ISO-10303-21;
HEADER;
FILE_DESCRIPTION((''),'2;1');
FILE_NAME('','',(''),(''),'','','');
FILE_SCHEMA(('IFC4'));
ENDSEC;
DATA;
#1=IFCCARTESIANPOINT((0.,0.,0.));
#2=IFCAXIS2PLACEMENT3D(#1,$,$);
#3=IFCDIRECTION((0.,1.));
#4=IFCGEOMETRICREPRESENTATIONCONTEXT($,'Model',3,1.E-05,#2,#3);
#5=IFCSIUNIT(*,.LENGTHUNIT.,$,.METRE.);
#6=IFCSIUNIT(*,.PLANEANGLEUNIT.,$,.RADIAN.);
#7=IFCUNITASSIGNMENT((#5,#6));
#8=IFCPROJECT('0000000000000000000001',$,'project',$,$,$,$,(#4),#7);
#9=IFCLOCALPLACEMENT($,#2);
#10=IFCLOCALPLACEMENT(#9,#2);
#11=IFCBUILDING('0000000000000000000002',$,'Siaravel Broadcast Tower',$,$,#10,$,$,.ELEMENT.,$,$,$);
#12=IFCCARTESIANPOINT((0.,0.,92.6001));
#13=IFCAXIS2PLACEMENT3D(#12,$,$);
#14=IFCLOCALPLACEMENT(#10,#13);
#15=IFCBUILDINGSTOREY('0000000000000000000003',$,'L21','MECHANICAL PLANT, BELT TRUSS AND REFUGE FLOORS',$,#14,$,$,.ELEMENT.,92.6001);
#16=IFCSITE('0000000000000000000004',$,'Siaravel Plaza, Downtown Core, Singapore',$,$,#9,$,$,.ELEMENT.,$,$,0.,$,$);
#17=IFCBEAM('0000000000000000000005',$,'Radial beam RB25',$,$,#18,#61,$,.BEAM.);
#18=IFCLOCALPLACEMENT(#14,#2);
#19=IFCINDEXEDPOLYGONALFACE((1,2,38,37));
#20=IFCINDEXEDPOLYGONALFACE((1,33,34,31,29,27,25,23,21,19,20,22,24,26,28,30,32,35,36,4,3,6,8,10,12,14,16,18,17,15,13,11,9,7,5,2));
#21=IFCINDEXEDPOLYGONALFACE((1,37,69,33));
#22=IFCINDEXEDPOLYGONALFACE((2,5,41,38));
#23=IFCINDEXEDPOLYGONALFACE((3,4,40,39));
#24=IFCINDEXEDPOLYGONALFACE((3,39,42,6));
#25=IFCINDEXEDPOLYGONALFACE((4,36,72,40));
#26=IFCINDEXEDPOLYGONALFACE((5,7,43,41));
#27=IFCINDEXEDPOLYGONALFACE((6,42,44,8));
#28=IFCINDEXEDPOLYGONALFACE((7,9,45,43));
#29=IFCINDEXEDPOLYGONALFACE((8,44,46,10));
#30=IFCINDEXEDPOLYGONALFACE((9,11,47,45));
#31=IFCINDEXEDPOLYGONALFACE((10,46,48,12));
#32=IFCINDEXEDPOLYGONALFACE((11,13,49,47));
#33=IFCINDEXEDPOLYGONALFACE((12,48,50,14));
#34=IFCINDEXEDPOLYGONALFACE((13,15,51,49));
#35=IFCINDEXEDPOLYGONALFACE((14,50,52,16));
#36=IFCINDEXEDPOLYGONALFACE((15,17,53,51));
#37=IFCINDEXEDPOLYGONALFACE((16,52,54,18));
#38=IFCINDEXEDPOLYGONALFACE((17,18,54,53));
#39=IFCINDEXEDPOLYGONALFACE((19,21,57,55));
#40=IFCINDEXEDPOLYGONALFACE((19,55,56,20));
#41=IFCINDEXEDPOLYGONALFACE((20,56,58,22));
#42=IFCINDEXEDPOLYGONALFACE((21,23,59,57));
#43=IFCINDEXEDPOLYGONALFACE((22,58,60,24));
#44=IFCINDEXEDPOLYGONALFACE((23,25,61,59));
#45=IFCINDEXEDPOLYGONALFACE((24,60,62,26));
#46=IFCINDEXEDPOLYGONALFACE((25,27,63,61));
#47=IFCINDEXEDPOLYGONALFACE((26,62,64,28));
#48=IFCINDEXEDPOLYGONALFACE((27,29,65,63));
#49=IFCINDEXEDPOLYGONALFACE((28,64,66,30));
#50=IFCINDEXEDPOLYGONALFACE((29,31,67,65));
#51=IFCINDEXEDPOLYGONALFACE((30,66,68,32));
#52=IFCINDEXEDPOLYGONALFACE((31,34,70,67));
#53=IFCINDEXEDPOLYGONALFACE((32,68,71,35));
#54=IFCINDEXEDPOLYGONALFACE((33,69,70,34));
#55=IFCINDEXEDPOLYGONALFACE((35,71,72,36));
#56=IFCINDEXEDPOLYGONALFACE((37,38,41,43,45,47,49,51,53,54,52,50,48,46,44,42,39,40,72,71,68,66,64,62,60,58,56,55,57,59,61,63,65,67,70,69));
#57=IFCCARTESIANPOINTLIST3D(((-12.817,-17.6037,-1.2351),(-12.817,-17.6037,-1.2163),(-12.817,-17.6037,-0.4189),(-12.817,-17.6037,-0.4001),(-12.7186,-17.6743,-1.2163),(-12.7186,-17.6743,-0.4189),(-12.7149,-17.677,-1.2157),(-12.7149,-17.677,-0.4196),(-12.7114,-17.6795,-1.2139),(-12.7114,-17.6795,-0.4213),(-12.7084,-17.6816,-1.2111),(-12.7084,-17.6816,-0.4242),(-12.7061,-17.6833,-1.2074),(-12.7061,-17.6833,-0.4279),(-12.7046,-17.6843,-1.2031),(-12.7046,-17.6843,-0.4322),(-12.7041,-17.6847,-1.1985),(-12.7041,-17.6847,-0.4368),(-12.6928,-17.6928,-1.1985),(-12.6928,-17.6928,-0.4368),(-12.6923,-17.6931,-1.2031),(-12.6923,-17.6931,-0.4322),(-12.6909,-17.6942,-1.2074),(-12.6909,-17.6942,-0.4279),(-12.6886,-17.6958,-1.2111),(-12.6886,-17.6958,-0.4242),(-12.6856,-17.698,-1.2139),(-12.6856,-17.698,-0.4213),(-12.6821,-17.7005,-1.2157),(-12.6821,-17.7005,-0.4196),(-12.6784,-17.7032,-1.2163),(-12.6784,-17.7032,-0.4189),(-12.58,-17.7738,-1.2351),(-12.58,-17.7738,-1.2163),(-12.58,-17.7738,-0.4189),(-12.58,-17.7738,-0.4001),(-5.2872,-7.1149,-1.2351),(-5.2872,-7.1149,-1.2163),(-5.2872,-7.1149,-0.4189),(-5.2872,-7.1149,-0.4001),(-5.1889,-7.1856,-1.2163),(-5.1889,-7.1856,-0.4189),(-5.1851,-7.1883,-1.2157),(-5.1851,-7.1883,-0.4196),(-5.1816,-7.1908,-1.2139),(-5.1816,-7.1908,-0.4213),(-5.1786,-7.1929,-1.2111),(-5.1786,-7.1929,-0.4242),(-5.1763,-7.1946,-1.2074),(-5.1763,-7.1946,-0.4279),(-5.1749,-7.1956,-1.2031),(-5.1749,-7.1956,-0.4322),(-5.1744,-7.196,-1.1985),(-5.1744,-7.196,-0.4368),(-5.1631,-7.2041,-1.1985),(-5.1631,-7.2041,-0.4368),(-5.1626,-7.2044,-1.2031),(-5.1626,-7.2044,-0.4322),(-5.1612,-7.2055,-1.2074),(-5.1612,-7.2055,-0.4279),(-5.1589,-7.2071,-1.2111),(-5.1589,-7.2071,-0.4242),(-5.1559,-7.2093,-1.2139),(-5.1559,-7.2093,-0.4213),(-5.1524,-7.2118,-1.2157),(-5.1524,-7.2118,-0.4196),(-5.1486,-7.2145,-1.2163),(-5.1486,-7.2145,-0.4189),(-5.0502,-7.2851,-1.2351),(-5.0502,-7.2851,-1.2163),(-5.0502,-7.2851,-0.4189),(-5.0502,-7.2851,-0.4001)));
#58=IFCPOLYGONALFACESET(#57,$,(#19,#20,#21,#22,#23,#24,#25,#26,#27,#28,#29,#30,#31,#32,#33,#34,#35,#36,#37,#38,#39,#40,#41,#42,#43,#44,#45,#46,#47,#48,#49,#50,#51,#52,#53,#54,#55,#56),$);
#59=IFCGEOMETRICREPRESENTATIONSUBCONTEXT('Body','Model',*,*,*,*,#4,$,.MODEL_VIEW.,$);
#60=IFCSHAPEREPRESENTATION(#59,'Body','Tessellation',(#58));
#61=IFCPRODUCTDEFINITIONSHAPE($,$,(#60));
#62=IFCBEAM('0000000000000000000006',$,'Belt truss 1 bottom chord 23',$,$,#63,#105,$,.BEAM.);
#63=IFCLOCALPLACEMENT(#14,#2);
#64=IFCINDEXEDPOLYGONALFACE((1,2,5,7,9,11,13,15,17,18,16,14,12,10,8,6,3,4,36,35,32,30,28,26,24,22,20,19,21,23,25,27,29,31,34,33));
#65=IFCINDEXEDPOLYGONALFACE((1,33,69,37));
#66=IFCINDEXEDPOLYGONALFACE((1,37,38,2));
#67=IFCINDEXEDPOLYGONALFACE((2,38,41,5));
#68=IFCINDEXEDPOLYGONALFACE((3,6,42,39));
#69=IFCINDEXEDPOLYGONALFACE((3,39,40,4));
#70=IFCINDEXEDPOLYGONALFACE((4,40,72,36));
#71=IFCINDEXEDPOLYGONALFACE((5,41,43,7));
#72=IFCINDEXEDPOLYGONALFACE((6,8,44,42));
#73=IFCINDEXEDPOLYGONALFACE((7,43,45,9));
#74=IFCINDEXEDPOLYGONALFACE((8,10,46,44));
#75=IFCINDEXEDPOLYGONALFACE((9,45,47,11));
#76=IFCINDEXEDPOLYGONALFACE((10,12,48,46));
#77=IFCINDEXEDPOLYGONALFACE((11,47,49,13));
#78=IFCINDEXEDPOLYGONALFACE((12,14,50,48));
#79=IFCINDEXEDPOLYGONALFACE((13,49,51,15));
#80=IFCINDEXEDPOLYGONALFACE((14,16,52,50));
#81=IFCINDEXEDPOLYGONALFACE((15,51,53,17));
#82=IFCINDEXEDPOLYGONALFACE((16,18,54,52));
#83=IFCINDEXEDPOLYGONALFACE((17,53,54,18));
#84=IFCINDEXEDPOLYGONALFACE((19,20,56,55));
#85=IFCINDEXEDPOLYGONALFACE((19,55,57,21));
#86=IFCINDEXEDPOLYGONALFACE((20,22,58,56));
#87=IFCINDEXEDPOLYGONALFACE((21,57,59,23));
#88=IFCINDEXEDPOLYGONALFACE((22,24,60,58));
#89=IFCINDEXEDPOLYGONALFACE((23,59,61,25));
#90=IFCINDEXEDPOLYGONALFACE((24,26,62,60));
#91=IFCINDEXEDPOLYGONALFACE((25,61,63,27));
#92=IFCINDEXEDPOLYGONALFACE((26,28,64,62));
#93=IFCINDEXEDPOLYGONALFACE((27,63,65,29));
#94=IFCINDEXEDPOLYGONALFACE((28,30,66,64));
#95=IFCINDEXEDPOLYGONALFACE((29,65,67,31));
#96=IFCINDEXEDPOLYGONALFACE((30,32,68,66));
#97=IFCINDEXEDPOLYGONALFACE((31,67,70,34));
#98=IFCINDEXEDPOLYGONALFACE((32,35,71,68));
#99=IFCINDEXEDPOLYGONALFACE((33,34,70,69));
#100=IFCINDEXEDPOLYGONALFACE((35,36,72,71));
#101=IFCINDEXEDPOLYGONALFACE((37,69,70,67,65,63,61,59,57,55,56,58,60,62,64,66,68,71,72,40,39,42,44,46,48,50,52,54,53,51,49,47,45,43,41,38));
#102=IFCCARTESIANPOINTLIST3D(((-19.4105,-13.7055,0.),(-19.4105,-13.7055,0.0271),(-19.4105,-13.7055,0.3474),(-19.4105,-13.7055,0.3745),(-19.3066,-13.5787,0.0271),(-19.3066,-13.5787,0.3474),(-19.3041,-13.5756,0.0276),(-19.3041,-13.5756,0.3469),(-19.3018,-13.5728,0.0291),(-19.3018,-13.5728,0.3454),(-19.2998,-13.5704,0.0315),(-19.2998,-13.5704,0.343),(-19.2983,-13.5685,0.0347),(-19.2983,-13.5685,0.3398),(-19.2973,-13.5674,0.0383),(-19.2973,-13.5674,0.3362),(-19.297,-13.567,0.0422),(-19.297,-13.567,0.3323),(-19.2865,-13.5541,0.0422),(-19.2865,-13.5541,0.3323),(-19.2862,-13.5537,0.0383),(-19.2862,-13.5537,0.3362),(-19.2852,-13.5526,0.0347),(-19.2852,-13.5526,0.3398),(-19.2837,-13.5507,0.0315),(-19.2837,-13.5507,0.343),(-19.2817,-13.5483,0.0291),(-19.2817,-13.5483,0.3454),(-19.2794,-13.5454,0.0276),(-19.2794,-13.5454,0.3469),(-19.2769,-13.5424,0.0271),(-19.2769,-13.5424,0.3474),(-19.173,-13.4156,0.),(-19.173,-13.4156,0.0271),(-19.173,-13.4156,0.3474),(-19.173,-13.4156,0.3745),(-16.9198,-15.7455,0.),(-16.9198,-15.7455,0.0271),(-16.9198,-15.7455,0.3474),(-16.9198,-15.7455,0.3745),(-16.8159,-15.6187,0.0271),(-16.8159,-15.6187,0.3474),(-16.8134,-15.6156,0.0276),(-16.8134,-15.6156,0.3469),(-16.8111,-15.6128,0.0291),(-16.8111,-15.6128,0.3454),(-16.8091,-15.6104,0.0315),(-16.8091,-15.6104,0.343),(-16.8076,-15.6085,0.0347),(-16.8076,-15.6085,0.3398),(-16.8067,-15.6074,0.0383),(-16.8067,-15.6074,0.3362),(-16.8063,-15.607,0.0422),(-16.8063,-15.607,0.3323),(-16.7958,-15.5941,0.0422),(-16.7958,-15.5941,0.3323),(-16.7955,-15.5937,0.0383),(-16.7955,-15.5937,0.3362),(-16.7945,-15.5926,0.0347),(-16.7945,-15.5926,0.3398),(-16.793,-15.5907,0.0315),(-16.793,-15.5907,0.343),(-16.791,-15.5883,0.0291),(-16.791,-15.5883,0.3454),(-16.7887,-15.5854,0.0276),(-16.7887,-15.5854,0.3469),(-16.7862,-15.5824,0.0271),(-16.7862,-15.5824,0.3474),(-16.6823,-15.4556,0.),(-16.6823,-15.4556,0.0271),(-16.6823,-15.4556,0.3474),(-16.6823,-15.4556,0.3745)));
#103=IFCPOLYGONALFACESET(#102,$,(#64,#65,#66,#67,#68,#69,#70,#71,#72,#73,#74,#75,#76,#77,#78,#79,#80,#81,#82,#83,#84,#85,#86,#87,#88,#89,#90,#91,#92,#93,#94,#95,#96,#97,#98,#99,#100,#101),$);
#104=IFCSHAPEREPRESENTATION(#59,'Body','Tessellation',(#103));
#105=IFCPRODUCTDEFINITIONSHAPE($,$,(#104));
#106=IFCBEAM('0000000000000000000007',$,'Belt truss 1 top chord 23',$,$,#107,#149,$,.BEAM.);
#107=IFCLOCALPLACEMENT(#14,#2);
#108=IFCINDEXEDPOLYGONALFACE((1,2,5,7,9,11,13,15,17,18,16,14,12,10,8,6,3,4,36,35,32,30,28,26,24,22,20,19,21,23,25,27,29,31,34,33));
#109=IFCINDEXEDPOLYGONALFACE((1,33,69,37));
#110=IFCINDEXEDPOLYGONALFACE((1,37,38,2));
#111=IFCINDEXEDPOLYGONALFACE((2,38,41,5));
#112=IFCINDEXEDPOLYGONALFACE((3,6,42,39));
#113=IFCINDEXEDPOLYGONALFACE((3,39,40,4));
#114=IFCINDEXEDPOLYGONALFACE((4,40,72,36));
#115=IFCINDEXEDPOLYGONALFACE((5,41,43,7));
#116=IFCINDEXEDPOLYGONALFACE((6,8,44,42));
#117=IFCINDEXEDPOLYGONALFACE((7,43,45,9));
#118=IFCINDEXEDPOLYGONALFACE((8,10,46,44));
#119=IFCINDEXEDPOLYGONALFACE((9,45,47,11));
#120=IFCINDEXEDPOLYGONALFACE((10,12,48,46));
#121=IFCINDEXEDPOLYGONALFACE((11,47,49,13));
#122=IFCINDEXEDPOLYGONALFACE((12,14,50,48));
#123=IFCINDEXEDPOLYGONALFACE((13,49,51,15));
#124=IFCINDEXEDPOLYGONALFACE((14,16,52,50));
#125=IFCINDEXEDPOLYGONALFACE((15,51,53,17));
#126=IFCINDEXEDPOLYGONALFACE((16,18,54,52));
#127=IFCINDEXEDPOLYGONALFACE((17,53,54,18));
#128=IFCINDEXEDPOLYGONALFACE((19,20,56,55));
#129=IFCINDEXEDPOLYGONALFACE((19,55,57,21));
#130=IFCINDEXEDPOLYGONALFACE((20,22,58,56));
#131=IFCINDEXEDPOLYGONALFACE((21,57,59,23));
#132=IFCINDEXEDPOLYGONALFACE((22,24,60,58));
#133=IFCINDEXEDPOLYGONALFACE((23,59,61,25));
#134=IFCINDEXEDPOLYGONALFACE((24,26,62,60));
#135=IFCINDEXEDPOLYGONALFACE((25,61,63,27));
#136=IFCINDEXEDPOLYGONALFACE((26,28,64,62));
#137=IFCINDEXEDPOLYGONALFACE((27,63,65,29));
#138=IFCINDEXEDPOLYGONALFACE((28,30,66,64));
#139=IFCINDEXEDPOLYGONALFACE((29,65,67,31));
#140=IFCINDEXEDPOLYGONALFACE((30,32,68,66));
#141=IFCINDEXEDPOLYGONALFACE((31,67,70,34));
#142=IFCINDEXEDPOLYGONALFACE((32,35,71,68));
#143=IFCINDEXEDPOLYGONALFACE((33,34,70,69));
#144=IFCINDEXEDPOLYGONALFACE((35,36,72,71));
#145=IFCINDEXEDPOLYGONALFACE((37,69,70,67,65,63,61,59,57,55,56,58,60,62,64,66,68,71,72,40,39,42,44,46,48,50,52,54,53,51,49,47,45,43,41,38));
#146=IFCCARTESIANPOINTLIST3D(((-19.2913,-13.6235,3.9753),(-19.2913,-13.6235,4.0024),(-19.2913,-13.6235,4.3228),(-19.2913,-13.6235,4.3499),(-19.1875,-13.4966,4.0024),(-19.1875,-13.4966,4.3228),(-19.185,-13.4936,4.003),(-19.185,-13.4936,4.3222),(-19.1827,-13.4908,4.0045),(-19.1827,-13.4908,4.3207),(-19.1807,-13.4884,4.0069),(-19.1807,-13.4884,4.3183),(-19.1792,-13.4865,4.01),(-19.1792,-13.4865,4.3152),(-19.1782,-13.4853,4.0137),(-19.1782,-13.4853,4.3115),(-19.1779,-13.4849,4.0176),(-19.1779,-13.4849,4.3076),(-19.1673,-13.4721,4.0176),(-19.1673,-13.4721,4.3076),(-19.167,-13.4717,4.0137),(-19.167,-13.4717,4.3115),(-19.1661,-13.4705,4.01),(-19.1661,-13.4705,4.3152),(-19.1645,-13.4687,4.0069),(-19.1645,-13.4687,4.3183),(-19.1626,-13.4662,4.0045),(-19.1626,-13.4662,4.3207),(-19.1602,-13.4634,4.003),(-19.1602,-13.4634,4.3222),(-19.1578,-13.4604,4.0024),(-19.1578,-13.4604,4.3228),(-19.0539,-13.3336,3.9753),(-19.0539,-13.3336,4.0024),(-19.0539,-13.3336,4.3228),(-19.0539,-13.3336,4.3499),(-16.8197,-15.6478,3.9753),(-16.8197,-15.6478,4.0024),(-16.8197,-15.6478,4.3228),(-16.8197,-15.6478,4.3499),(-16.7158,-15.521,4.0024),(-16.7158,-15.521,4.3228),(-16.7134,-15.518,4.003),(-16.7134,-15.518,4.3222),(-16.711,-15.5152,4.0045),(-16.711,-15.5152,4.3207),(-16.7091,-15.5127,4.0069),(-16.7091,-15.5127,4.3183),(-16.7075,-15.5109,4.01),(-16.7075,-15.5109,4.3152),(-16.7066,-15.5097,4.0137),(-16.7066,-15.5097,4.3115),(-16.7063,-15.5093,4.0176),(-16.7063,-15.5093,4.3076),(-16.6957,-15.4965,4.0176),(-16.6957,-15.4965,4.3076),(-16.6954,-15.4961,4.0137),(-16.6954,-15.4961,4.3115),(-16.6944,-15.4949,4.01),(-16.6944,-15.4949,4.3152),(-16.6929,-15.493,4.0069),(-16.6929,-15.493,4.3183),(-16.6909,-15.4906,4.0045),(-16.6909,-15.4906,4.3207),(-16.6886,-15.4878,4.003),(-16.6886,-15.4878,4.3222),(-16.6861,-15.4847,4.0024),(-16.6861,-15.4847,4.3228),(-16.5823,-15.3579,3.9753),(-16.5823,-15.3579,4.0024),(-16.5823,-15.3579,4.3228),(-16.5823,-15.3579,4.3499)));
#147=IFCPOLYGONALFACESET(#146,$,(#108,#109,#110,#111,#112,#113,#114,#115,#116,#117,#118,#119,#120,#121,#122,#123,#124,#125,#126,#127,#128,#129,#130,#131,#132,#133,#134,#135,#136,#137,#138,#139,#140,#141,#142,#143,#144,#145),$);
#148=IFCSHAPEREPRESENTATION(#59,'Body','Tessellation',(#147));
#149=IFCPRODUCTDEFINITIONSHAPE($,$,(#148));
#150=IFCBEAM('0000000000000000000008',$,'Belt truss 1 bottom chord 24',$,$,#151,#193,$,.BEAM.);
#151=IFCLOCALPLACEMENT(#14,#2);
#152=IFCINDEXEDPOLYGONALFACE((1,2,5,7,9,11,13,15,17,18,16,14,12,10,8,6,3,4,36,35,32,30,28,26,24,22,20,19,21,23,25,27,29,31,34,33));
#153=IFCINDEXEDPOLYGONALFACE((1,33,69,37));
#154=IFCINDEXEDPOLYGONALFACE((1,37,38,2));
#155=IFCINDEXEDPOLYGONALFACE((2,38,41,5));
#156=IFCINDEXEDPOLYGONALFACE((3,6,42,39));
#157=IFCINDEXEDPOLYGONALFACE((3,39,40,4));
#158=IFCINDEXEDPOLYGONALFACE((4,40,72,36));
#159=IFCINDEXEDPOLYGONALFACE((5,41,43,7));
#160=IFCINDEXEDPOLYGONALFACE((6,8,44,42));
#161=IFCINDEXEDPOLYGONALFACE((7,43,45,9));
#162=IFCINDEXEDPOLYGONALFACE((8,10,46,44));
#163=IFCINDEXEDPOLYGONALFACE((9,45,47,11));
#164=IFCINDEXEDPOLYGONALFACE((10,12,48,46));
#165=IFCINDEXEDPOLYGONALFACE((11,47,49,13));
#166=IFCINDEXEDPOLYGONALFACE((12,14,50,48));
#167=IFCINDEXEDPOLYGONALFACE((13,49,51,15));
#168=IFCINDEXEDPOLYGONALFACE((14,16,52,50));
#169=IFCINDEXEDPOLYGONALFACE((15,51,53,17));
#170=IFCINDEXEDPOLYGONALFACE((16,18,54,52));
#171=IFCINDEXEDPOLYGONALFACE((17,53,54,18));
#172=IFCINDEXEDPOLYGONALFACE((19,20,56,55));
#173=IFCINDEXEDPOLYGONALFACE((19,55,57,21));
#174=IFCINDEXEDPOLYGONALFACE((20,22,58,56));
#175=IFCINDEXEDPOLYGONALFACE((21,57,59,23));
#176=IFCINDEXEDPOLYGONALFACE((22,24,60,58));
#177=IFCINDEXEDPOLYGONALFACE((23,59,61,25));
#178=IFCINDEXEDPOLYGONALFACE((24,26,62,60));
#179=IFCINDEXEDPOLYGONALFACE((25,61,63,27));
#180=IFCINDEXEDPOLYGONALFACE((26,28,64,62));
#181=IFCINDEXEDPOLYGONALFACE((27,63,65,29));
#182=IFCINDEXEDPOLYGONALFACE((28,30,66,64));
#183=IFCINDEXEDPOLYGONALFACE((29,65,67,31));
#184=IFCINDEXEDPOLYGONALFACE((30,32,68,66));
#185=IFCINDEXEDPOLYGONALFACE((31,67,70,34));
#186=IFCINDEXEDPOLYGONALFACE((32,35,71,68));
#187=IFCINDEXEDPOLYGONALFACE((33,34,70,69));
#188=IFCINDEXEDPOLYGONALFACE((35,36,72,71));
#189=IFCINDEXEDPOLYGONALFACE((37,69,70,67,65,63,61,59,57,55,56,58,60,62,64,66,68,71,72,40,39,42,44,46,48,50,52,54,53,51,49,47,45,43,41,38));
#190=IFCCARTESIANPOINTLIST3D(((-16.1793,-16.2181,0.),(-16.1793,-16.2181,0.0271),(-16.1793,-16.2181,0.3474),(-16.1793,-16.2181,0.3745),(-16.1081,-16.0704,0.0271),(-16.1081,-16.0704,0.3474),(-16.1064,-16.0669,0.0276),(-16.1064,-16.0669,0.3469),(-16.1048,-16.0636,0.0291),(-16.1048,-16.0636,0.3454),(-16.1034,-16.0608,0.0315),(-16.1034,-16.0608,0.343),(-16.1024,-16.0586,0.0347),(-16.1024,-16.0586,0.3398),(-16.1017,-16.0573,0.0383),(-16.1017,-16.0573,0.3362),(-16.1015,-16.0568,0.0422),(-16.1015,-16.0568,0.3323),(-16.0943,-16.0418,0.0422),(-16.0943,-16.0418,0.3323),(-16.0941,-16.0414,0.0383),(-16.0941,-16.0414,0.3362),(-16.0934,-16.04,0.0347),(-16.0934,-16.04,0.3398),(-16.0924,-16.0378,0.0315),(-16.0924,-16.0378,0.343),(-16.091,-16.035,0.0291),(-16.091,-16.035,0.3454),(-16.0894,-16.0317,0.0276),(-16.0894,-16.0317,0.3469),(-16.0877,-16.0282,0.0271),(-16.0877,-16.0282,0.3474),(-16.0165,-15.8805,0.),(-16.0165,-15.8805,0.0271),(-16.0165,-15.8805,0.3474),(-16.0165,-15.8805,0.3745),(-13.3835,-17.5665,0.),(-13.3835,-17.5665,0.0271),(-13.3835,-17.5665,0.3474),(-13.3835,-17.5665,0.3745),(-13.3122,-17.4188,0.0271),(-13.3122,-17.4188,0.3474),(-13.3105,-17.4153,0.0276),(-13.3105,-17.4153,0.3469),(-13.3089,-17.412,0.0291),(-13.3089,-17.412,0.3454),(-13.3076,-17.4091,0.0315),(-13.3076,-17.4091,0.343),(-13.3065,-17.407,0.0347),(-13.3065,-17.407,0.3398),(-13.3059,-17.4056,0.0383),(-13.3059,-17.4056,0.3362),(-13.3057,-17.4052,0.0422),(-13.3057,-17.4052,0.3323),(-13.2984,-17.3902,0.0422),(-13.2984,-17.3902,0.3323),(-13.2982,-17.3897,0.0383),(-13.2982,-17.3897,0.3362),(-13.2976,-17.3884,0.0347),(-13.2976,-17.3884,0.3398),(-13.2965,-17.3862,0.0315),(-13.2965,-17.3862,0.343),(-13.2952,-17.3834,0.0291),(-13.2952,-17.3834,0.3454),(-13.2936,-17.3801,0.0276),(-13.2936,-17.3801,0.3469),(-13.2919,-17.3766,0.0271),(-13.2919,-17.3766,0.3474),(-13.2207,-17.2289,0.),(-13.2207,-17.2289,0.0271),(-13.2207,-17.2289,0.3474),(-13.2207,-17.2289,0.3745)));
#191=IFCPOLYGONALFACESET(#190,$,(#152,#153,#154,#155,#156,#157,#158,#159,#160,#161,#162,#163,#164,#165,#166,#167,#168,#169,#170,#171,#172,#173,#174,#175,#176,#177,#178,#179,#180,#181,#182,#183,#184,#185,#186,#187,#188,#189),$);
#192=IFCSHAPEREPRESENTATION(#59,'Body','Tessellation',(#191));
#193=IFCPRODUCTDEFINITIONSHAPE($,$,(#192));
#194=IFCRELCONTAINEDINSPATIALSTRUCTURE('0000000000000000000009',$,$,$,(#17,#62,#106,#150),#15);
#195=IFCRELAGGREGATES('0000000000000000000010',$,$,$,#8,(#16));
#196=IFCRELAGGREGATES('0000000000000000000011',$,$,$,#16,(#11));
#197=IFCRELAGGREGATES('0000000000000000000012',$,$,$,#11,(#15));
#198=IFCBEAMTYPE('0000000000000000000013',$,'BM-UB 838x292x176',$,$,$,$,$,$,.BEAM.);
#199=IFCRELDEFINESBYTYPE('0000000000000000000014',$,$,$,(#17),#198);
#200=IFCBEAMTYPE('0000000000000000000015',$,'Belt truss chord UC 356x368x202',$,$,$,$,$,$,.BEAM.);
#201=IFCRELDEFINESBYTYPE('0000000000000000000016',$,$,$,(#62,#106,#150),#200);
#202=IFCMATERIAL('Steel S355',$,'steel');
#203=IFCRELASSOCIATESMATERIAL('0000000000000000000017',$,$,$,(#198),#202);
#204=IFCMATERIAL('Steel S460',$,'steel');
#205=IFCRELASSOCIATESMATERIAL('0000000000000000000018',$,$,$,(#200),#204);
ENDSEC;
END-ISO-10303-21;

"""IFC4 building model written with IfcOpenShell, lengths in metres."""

from ifc_helpers import new_model, si_unit, direction, frame, origin, origin_2d, place, context, subcontext, project, spatial, i_section, extrude, material, material_profile, profile_set, type_object, element, save


model = new_model("IFC4")

# Units and contexts
model_context = context("Model", 3, precision=1e-05, world=origin(), true_north=direction((0.0, 1.0)))
body_context = subcontext(model_context, "Body", "Model", "MODEL_VIEW")
ifc_project = project(units=[si_unit("LENGTHUNIT", "METRE"), si_unit("PLANEANGLEUNIT", "RADIAN")], contexts=[model_context])

# Site, building, storey
site_placement = place(None, origin())
site = spatial("IfcSite", under=ifc_project, at=site_placement, Name="Siaravel Plaza, Downtown Core, Singapore", CompositionType="ELEMENT", RefElevation=0.0)
building_placement = place(site_placement, origin())
building = spatial("IfcBuilding", under=site, at=building_placement, Name="Siaravel Broadcast Tower", CompositionType="ELEMENT")
storey_placement = place(building_placement, frame((0.0, 0.0, 92.6001)))
storey = spatial("IfcBuildingStorey", under=building, at=storey_placement, Name="L21", Description="MECHANICAL PLANT, BELT TRUSS AND REFUGE FLOORS", CompositionType="ELEMENT", Elevation=92.6001)

# Beams
ifc_material_1 = material(Name="Steel S355", Category="steel")
ifc_material_profile_1 = material_profile(ifc_material_1, i_section(OverallWidth=0.2917, OverallDepth=0.835, WebThickness=0.0139, FlangeThickness=0.0188, FilletRadius=0.0178, at=origin_2d()))
ifc_profile_set_1 = profile_set([ifc_material_profile_1], Name="Steel S355")
beam_type_1 = type_object("IfcBeamType", Name="BM-UB 838x292x176", PredefinedType="BEAM", material=ifc_profile_set_1)
beam_1_placement = place(storey_placement, frame((-12.6985, -17.6887, -0.8176), z_axis=(0.583175, 0.812346, 0.0), x_axis=(-0.812346, 0.583175, 0.0)))
element("IfcBeam", 1, at=beam_1_placement, inside=storey, type_object=beam_type_1, Name="Radial beam RB25", PredefinedType="BEAM", context=body_context, shape_type="SweptSolid", body=[
    extrude(i_section(OverallWidth=0.2917, OverallDepth=0.835, WebThickness=0.0139, FlangeThickness=0.0188, FilletRadius=0.0178, at=origin_2d()), origin(), (0.0, 0.0, 1.0), 12.9116),
])
ifc_material_2 = material(Name="Steel S460", Category="steel")
ifc_material_profile_2 = material_profile(ifc_material_2, i_section(OverallWidth=0.3748, OverallDepth=0.3745, WebThickness=0.0166, FlangeThickness=0.0271, FilletRadius=0.0151, at=origin_2d()))
ifc_profile_set_2 = profile_set([ifc_material_profile_2], Name="Steel S460")
beam_type_2 = type_object("IfcBeamType", Name="Belt truss chord UC 356x368x202", PredefinedType="BEAM", material=ifc_profile_set_2)
beam_2_placement = place(storey_placement, frame((-19.2917, -13.5605, 0.1873), z_axis=(0.773626, -0.633642, 0.0), x_axis=(0.633642, 0.773626, 0.0)))
element("IfcBeam", 2, at=beam_2_placement, inside=storey, type_object=beam_type_2, Name="Belt truss 1 bottom chord 23", PredefinedType="BEAM", context=body_context, shape_type="SweptSolid", body=[
    extrude(i_section(OverallWidth=0.3748, OverallDepth=0.3745, WebThickness=0.0166, FlangeThickness=0.0271, FilletRadius=0.0151, at=origin_2d()), origin(), (0.0, 0.0, 1.0), 3.2195),
])
beam_3_placement = place(storey_placement, frame((-19.1726, -13.4785, 4.1626), z_axis=(0.77363, -0.633637, 0.0), x_axis=(0.633637, 0.77363, 0.0)))
element("IfcBeam", 3, at=beam_3_placement, inside=storey, type_object=beam_type_2, Name="Belt truss 1 top chord 23", PredefinedType="BEAM", context=body_context, shape_type="SweptSolid", body=[
    extrude(i_section(OverallWidth=0.3748, OverallDepth=0.3745, WebThickness=0.0166, FlangeThickness=0.0271, FilletRadius=0.0151, at=origin_2d()), origin(), (0.0, 0.0, 1.0), 3.1948),
])
beam_4_placement = place(storey_placement, frame((-16.0979, -16.0493, 0.1873), z_axis=(0.900723, -0.434395, 0.0), x_axis=(0.434395, 0.900723, 0.0)))
element("IfcBeam", 4, at=beam_4_placement, inside=storey, type_object=beam_type_2, Name="Belt truss 1 bottom chord 24", PredefinedType="BEAM", context=body_context, shape_type="SweptSolid", body=[
    extrude(i_section(OverallWidth=0.3748, OverallDepth=0.3745, WebThickness=0.0166, FlangeThickness=0.0271, FilletRadius=0.0151, at=origin_2d()), origin(), (0.0, 0.0, 1.0), 3.104),
])

save(model, "model.ifc")
